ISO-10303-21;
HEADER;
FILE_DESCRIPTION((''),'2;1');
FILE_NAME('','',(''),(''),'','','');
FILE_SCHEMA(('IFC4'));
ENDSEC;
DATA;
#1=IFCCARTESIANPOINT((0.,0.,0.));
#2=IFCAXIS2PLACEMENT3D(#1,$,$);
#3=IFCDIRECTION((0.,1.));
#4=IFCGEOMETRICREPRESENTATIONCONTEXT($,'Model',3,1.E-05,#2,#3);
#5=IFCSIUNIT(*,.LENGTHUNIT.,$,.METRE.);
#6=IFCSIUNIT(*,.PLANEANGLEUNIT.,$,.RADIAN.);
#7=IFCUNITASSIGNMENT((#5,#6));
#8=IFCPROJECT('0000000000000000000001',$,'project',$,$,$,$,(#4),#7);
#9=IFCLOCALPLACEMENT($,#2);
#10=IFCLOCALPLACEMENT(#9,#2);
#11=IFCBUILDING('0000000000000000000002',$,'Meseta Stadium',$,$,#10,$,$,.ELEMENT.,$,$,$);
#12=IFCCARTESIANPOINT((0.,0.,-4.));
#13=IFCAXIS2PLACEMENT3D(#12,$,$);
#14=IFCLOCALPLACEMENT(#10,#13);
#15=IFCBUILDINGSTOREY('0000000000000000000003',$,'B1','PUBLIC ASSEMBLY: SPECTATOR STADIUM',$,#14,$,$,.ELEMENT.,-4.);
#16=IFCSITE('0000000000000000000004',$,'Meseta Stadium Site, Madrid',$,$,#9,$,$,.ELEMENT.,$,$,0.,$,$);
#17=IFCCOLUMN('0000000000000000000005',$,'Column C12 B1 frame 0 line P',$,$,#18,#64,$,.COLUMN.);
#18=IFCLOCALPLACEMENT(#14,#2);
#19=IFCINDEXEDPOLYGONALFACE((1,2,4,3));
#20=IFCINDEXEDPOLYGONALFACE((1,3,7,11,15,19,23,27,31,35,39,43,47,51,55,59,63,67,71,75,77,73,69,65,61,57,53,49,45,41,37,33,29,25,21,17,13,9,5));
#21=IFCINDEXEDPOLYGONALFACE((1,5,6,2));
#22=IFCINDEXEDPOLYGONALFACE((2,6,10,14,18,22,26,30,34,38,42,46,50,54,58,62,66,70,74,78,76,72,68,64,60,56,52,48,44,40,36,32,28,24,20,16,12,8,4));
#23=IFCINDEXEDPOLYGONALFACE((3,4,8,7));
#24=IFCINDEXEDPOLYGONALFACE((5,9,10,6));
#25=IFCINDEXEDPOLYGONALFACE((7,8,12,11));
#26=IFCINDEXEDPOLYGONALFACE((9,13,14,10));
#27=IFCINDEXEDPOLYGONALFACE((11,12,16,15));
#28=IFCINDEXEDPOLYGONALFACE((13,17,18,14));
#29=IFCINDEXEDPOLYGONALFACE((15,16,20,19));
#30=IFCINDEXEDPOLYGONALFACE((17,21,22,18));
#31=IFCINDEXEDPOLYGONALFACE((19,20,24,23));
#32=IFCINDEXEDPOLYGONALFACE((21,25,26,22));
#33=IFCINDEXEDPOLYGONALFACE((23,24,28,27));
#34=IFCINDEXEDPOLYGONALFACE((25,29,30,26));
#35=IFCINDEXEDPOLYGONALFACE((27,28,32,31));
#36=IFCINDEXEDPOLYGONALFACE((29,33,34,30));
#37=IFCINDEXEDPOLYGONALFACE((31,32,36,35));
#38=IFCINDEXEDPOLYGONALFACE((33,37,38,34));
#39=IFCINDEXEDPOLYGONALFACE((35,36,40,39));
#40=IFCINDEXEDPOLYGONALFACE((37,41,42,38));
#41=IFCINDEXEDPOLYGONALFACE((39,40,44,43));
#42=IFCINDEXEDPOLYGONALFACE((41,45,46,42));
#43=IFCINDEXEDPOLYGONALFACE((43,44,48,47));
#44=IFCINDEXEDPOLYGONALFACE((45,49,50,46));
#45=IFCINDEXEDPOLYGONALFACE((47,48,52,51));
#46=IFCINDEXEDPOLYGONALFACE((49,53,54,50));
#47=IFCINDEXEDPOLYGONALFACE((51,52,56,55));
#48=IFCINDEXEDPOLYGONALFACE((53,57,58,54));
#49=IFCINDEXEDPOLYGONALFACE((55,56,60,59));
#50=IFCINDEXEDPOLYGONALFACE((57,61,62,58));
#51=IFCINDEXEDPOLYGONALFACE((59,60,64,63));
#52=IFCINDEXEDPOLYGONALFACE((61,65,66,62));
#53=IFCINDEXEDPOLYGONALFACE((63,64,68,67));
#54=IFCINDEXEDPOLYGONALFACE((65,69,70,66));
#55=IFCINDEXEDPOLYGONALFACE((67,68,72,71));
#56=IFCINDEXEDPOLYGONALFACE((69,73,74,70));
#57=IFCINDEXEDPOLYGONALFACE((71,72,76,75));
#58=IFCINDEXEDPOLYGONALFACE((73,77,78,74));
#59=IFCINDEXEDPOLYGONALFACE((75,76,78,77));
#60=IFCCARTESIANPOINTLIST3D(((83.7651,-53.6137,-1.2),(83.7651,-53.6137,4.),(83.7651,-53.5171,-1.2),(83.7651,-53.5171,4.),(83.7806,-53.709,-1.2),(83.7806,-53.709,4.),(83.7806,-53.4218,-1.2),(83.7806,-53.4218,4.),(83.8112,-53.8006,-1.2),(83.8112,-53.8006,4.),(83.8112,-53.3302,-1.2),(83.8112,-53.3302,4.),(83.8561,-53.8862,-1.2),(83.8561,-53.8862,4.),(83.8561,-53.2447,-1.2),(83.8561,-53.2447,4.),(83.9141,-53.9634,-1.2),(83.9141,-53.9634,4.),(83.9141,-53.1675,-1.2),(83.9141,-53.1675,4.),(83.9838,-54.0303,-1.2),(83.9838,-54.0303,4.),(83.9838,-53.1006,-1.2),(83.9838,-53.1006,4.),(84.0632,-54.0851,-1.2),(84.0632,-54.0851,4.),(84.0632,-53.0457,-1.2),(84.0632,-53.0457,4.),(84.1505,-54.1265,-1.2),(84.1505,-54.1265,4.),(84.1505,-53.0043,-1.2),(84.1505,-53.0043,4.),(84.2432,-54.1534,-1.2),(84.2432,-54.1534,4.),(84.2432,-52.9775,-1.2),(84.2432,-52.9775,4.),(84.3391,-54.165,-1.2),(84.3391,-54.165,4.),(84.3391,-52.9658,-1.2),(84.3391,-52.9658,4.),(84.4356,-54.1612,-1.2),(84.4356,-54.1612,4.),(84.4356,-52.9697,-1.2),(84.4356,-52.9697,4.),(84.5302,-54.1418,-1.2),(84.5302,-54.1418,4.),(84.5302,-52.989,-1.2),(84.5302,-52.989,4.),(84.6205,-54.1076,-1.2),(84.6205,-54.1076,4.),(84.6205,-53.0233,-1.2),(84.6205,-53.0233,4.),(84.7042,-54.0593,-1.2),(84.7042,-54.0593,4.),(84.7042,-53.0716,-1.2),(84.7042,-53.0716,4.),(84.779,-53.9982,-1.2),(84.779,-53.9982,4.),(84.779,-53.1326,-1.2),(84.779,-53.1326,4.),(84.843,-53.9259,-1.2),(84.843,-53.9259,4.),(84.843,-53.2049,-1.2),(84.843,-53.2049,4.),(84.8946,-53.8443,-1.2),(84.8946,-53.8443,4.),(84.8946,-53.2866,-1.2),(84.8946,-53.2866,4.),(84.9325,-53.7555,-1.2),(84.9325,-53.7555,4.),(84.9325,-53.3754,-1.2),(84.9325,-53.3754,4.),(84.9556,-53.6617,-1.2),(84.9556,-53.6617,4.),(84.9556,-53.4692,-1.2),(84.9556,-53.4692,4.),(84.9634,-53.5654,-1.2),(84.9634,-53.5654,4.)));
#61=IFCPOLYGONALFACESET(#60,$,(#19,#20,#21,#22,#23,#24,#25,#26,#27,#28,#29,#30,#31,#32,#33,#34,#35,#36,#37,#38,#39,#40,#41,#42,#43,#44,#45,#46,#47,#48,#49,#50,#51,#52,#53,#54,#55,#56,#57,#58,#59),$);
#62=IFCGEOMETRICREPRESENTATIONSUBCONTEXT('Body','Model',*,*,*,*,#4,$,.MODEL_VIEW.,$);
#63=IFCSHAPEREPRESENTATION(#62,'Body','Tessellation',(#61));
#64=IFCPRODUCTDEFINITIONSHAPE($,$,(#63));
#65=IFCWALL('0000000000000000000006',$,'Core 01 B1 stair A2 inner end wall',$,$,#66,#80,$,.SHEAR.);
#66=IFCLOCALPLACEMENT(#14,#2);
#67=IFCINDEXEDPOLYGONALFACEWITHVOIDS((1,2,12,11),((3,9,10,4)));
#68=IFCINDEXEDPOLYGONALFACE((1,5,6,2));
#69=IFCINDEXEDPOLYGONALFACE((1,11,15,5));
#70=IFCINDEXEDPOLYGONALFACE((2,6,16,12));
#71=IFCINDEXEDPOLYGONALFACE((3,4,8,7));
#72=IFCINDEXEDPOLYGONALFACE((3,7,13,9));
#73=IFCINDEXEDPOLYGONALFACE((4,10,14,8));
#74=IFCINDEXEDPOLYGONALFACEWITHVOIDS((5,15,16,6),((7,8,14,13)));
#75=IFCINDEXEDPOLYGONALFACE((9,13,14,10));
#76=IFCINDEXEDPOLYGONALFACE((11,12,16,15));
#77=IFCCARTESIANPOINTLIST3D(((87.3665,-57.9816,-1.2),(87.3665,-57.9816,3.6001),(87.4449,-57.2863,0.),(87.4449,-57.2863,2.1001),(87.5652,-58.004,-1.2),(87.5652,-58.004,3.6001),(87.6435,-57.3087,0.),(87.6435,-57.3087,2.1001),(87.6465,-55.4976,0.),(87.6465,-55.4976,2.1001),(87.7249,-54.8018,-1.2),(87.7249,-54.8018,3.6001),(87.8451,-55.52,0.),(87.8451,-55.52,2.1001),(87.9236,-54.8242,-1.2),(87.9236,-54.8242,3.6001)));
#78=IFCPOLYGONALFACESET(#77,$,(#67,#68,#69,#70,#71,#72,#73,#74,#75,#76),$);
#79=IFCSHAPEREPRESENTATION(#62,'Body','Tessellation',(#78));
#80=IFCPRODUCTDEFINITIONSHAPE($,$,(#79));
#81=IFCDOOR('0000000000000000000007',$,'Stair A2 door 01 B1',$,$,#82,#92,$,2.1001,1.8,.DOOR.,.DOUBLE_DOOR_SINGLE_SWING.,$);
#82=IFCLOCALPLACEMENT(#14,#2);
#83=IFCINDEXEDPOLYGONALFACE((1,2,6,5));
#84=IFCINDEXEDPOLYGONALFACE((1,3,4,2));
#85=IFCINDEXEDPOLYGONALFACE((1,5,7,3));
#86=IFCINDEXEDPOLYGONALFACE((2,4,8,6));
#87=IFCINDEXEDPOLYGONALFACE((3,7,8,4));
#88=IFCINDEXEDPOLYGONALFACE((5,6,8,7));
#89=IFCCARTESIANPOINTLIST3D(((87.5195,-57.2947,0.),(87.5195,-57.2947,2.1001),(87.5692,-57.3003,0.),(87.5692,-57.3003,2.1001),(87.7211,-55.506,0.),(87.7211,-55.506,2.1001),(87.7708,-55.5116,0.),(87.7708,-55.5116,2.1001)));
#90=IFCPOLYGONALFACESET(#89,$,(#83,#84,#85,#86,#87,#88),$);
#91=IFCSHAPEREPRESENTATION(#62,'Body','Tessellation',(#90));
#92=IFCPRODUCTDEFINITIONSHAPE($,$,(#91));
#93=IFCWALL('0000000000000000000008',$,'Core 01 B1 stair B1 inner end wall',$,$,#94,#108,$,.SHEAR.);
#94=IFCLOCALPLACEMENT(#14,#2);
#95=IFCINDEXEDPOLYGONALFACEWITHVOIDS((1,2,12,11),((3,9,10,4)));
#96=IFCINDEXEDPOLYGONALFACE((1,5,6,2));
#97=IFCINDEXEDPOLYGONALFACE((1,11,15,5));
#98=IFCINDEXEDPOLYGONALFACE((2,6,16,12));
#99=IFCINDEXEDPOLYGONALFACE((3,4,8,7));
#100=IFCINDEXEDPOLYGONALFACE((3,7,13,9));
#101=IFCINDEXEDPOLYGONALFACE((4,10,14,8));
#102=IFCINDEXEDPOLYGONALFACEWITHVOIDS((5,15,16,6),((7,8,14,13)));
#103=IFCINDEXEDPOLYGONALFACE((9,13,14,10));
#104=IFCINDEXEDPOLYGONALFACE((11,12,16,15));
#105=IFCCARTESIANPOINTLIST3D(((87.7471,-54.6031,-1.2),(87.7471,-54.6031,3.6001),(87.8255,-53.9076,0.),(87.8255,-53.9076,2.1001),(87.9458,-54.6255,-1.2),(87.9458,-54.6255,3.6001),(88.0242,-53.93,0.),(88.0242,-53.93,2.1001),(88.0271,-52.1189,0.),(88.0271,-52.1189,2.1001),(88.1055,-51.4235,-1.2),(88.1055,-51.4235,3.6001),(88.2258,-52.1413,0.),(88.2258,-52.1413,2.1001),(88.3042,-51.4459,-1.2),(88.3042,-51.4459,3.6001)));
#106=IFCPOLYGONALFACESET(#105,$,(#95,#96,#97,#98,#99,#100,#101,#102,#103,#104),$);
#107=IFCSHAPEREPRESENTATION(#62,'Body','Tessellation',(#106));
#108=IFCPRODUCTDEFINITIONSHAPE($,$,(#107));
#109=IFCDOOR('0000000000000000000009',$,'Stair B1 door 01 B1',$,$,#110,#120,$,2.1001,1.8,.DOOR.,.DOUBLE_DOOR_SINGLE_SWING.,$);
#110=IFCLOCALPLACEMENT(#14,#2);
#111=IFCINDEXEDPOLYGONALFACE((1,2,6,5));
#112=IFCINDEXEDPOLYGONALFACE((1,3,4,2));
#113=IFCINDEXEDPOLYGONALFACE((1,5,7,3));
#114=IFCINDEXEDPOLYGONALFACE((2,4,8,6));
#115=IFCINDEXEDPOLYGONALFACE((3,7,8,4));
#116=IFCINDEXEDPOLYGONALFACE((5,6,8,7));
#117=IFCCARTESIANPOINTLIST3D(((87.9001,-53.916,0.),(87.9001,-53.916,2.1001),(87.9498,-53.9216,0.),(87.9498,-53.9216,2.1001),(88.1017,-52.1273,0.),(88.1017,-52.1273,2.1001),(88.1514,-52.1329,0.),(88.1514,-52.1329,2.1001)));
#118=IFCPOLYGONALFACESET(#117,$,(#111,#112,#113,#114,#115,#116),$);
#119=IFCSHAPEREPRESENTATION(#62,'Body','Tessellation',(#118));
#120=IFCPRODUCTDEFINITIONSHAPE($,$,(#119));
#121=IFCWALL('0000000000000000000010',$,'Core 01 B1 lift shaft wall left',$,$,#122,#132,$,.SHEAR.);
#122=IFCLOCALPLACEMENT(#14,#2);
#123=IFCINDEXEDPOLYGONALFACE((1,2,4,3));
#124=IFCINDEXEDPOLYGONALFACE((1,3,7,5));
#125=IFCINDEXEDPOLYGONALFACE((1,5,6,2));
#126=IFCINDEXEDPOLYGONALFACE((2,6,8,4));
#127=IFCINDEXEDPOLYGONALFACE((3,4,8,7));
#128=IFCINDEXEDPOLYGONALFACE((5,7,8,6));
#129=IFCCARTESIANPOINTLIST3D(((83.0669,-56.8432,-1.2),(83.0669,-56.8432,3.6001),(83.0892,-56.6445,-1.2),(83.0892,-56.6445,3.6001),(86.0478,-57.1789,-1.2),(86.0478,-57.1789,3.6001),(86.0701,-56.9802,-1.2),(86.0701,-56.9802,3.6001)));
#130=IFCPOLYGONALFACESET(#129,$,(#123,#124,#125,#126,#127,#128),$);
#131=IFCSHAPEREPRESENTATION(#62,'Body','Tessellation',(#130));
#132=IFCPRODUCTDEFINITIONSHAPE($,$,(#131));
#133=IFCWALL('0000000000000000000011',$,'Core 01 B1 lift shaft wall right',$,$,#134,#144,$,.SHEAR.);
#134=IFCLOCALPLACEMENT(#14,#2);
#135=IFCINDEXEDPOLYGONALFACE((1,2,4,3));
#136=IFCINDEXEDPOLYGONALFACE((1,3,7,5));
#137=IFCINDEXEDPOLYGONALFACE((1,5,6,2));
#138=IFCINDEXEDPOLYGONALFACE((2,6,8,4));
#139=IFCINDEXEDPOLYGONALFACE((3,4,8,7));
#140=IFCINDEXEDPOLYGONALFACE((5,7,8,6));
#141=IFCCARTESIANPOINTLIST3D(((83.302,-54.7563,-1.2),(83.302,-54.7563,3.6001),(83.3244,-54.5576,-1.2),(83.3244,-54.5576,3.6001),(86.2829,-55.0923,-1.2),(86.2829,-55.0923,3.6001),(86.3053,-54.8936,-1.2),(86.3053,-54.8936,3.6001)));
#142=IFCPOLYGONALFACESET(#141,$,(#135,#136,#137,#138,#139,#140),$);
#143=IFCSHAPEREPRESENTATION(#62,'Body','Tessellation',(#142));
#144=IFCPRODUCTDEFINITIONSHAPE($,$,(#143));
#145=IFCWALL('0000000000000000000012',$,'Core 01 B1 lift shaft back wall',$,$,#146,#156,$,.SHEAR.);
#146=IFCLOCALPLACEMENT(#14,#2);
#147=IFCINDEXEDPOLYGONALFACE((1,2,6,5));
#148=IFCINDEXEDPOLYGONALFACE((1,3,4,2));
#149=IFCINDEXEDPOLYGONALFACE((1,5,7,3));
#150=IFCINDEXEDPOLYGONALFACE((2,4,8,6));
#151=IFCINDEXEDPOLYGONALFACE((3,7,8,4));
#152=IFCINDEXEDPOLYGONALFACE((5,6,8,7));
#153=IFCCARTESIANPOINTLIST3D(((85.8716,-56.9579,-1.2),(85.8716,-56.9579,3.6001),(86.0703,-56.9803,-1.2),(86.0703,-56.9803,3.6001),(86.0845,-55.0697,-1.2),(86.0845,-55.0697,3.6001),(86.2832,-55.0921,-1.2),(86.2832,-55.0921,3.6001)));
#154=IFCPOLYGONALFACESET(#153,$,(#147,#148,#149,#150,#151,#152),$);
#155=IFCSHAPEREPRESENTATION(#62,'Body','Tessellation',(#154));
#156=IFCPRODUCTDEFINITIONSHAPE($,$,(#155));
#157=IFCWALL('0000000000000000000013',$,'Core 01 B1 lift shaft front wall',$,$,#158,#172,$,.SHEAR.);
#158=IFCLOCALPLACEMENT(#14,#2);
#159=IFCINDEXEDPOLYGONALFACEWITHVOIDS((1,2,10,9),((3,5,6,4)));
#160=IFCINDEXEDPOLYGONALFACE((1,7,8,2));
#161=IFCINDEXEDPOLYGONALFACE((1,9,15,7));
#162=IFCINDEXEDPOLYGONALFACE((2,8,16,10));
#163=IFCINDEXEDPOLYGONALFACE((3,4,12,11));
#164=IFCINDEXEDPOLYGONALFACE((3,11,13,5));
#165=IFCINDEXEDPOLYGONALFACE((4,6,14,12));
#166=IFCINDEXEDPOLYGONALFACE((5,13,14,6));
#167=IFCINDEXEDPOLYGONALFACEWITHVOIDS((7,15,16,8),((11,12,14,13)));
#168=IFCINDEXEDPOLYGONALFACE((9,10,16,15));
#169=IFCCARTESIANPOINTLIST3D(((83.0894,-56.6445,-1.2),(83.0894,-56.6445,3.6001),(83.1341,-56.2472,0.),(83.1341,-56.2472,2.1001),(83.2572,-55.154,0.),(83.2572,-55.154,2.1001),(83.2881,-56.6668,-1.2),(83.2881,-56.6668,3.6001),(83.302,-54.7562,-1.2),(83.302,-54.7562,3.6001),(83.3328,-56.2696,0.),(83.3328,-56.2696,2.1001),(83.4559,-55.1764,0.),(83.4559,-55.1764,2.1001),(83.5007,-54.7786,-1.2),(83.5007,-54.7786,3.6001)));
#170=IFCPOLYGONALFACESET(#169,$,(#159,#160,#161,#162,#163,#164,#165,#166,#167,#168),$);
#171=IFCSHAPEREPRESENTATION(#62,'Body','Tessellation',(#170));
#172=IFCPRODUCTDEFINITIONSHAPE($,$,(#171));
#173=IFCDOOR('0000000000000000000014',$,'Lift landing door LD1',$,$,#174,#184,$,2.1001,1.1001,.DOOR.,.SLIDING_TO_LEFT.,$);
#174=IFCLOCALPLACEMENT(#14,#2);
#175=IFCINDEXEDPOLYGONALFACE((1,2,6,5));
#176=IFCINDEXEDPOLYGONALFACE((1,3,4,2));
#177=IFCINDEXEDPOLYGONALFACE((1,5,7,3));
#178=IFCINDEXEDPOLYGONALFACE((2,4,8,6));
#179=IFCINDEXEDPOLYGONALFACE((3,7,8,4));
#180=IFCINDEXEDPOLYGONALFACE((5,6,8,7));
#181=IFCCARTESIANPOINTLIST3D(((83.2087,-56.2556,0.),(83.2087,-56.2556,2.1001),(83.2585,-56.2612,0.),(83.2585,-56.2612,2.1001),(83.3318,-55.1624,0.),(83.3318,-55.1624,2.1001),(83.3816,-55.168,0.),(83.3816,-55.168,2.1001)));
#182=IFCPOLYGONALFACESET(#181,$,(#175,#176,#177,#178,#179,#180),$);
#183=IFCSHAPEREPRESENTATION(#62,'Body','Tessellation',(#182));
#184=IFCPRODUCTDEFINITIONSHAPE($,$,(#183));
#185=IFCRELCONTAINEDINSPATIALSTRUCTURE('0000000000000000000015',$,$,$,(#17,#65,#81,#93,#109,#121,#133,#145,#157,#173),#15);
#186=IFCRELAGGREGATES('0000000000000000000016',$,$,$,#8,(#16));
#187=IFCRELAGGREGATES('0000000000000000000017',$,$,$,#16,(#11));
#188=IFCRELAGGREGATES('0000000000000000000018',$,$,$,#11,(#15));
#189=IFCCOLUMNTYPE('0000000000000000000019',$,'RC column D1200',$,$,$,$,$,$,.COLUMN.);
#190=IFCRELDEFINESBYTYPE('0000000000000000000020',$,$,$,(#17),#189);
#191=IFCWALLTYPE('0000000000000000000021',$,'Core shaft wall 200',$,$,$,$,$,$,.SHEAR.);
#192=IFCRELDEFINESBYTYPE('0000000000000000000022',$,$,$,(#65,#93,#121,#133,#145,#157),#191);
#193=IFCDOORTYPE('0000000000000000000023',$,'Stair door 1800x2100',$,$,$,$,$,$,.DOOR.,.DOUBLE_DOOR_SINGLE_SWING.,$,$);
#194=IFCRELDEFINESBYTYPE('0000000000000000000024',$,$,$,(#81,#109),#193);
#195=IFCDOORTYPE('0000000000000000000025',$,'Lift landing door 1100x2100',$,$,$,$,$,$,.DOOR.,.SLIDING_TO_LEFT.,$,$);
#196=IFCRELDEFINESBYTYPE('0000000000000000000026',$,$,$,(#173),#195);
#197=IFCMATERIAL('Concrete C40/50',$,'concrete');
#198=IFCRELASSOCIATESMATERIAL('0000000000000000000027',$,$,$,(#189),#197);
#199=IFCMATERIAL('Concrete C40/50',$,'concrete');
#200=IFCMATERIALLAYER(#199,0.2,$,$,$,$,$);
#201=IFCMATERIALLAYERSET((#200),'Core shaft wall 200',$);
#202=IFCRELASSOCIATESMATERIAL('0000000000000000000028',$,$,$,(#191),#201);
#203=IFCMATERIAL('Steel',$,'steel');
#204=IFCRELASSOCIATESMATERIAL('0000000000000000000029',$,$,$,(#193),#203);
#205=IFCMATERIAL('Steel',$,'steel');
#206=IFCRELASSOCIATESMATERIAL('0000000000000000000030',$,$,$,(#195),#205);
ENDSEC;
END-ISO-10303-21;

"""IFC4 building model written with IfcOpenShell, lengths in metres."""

from ifc_helpers import new_model, si_unit, direction, frame, frame_2d, origin, origin_2d, place, context, subcontext, project, spatial, rectangle, circle, extrude, material, layer, layer_set, material_profile, profile_set, type_object, element, fill, save


model = new_model("IFC4")

# Units and contexts
model_context = context("Model", 3, precision=1e-05, world=origin(), true_north=direction((0.0, 1.0)))
body_context = subcontext(model_context, "Body", "Model", "MODEL_VIEW")
ifc_project = project(units=[si_unit("LENGTHUNIT", "METRE"), si_unit("PLANEANGLEUNIT", "RADIAN")], contexts=[model_context])

# Site, building, storey
site_placement = place(None, origin())
site = spatial("IfcSite", under=ifc_project, at=site_placement, Name="Meseta Stadium Site, Madrid", CompositionType="ELEMENT", RefElevation=0.0)
building_placement = place(site_placement, origin())
building = spatial("IfcBuilding", under=site, at=building_placement, Name="Meseta Stadium", CompositionType="ELEMENT")
storey_placement = place(building_placement, frame((0.0, 0.0, -4.0)))
storey = spatial("IfcBuildingStorey", under=building, at=storey_placement, Name="B1", Description="PUBLIC ASSEMBLY: SPECTATOR STADIUM", CompositionType="ELEMENT", Elevation=-4.0)

# Column
ifc_material_1 = material(Name="Concrete C40/50", Category="concrete")
ifc_material_profile = material_profile(ifc_material_1, circle(Radius=0.6001, at=origin_2d()), Name="RC D1200")
ifc_profile_set = profile_set([ifc_material_profile], Name="Concrete C40/50")
column_type = type_object("IfcColumnType", Name="RC column D1200", PredefinedType="COLUMN", material=ifc_profile_set)
column_placement = place(storey_placement, frame((84.3633, -53.5654, -1.2), z_axis=(0.0, 0.0, 1.0), x_axis=(1.0, 0.0, 0.0)))
element("IfcColumn", 1, at=column_placement, inside=storey, type_object=column_type, Name="Column C12 B1 frame 0 line P", PredefinedType="COLUMN", context=body_context, shape_type="SweptSolid", body=[
    extrude(circle(Radius=0.6001, at=origin_2d()), origin(), (0.0, 0.0, 1.0), 5.2),
])

# Walls, openings, doors
ifc_material_2 = material(Name="Concrete C40/50", Category="concrete")
ifc_layer_1 = layer(ifc_material_2, 0.2)
ifc_layer_set_1 = layer_set([ifc_layer_1], Name="Core shaft wall 200")
wall_type_1 = type_object("IfcWallType", Name="Core shaft wall 200", PredefinedType="SHEAR", material=ifc_layer_set_1)
wall_1_placement = place(storey_placement, frame((87.4658, -57.9929, -1.2), z_axis=(0.0, 0.0, 1.0), x_axis=(0.111997, 0.993709, 0.0)))
wall_1 = element("IfcWall", 2, at=wall_1_placement, inside=storey, type_object=wall_type_1, Name="Core 01 B1 stair A2 inner end wall", PredefinedType="SHEAR", context=body_context, shape_type="SweptSolid", body=[
    extrude(rectangle(XDim=3.2, YDim=0.2, at=frame_2d((1.6001, 0.0))), origin(), (0.0, 0.0, 1.0), 4.8),
])
opening_1_placement = place(wall_1_placement, frame((0.7, 0.0, 1.2)))
opening_1 = element("IfcOpeningElement", 3, at=opening_1_placement, cuts=wall_1, PredefinedType="OPENING", context=body_context, shape_type="SweptSolid", body=[
    extrude(rectangle(XDim=1.8, YDim=2.1001, at=frame_2d((0.8999, 1.05))), frame((0.0, 0.1099, 0.0), z_axis=(0.0, -1.0, 0.0), x_axis=(1.0, 0.0, 0.0)), (0.0, 0.0, 1.0), 0.22),
])
ifc_material_3 = material(Name="Steel", Category="steel")
door_type_1 = type_object("IfcDoorType", Name="Stair door 1800x2100", OperationType="DOUBLE_DOOR_SINGLE_SWING", PredefinedType="DOOR", material=ifc_material_3)
door_1_placement = place(opening_1_placement, origin())
door_1 = element("IfcDoor", 4, at=door_1_placement, inside=storey, type_object=door_type_1, Name="Stair A2 door 01 B1", OperationType="DOUBLE_DOOR_SINGLE_SWING", OverallHeight=2.1001, OverallWidth=1.8, PredefinedType="DOOR", context=body_context, shape_type="SweptSolid", body=[
    extrude(rectangle(XDim=1.8, YDim=2.1001, at=frame_2d((0.8999, 1.05))), frame((0.0, 0.0249, 0.0), z_axis=(0.0, -1.0, 0.0), x_axis=(1.0, 0.0, 0.0)), (0.0, 0.0, 1.0), 0.05),
])
fill(opening_1, door_1)
wall_2_placement = place(storey_placement, frame((87.8464, -54.6143, -1.2), z_axis=(0.0, 0.0, 1.0), x_axis=(0.112006, 0.993708, 0.0)))
wall_2 = element("IfcWall", 5, at=wall_2_placement, inside=storey, type_object=wall_type_1, Name="Core 01 B1 stair B1 inner end wall", PredefinedType="SHEAR", context=body_context, shape_type="SweptSolid", body=[
    extrude(rectangle(XDim=3.1997, YDim=0.2, at=frame_2d((1.5999, 0.0))), origin(), (0.0, 0.0, 1.0), 4.8),
])
opening_2_placement = place(wall_2_placement, frame((0.7, 0.0, 1.2)))
opening_2 = element("IfcOpeningElement", 6, at=opening_2_placement, cuts=wall_2, PredefinedType="OPENING", context=body_context, shape_type="SweptSolid", body=[
    extrude(rectangle(XDim=1.8, YDim=2.1001, at=frame_2d((0.8999, 1.05))), frame((0.0, 0.1099, 0.0), z_axis=(0.0, -1.0, 0.0), x_axis=(1.0, 0.0, 0.0)), (0.0, 0.0, 1.0), 0.22),
])
door_2_placement = place(opening_2_placement, origin())
door_2 = element("IfcDoor", 7, at=door_2_placement, inside=storey, type_object=door_type_1, Name="Stair B1 door 01 B1", OperationType="DOUBLE_DOOR_SINGLE_SWING", OverallHeight=2.1001, OverallWidth=1.8, PredefinedType="DOOR", context=body_context, shape_type="SweptSolid", body=[
    extrude(rectangle(XDim=1.8, YDim=2.1001, at=frame_2d((0.8999, 1.05))), frame((0.0, 0.0249, 0.0), z_axis=(0.0, -1.0, 0.0), x_axis=(1.0, 0.0, 0.0)), (0.0, 0.0, 1.0), 0.05),
])
fill(opening_2, door_2)

# Walls
for number, where, z_axis, x_axis, name in (
    (8, (86.0591, -57.0796, -1.2), (0.0, 0.0, 1.0), (-0.993719, 0.111905, 0.0), "Core 01 B1 lift shaft wall left"),
    (9, (86.2942, -54.9929, -1.2), (0.0, 0.0, 1.0), (-0.99371, 0.111986, 0.0), "Core 01 B1 lift shaft wall right"),
):
    element("IfcWall", number, at=place(storey_placement, frame(where, z_axis=z_axis, x_axis=x_axis)), inside=storey, type_object=wall_type_1, Name=name, PredefinedType="SHEAR", context=body_context, shape_type="SweptSolid", body=[
        extrude(rectangle(XDim=2.9998, YDim=0.2, at=frame_2d((1.5, 0.0))), origin(), (0.0, 0.0, 1.0), 4.8),
    ])
wall_3_placement = place(storey_placement, frame((85.9709, -56.9692, -1.2), z_axis=(0.0, 0.0, 1.0), x_axis=(0.112039, 0.993704, 0.0)))
element("IfcWall", 10, at=wall_3_placement, inside=storey, type_object=wall_type_1, Name="Core 01 B1 lift shaft back wall", PredefinedType="SHEAR", context=body_context, shape_type="SweptSolid", body=[
    extrude(rectangle(XDim=1.9001, YDim=0.2, at=frame_2d((0.9502, 0.0))), origin(), (0.0, 0.0, 1.0), 4.8),
])

# Wall, opening, door
wall_4_placement = place(storey_placement, frame((83.1887, -56.6558, -1.2), z_axis=(0.0, 0.0, 1.0), x_axis=(0.111912, 0.993718, 0.0)))
wall_4 = element("IfcWall", 11, at=wall_4_placement, inside=storey, type_object=wall_type_1, Name="Core 01 B1 lift shaft front wall", PredefinedType="SHEAR", context=body_context, shape_type="SweptSolid", body=[
    extrude(rectangle(XDim=1.9001, YDim=0.2, at=frame_2d((0.9502, 0.0))), origin(), (0.0, 0.0, 1.0), 4.8),
])
opening_3_placement = place(wall_4_placement, frame((0.3999, 0.0, 1.2)))
opening_3 = element("IfcOpeningElement", 12, at=opening_3_placement, cuts=wall_4, PredefinedType="OPENING", context=body_context, shape_type="SweptSolid", body=[
    extrude(rectangle(XDim=1.1001, YDim=2.1001, at=frame_2d((0.55, 1.05))), frame((0.0, 0.1099, 0.0), z_axis=(0.0, -1.0, 0.0), x_axis=(1.0, 0.0, 0.0)), (0.0, 0.0, 1.0), 0.22),
])
ifc_material_4 = material(Name="Steel", Category="steel")
door_type_2 = type_object("IfcDoorType", Name="Lift landing door 1100x2100", OperationType="SLIDING_TO_LEFT", PredefinedType="DOOR", material=ifc_material_4)
door_3_placement = place(opening_3_placement, origin())
door_3 = element("IfcDoor", 13, at=door_3_placement, inside=storey, type_object=door_type_2, Name="Lift landing door LD1", OperationType="SLIDING_TO_LEFT", OverallHeight=2.1001, OverallWidth=1.1001, PredefinedType="DOOR", context=body_context, shape_type="SweptSolid", body=[
    extrude(rectangle(XDim=1.1001, YDim=2.1001, at=frame_2d((0.55, 1.05))), frame((0.0, 0.0249, 0.0), z_axis=(0.0, -1.0, 0.0), x_axis=(1.0, 0.0, 0.0)), (0.0, 0.0, 1.0), 0.05),
])
fill(opening_3, door_3)

save(model, "model.ifc")
